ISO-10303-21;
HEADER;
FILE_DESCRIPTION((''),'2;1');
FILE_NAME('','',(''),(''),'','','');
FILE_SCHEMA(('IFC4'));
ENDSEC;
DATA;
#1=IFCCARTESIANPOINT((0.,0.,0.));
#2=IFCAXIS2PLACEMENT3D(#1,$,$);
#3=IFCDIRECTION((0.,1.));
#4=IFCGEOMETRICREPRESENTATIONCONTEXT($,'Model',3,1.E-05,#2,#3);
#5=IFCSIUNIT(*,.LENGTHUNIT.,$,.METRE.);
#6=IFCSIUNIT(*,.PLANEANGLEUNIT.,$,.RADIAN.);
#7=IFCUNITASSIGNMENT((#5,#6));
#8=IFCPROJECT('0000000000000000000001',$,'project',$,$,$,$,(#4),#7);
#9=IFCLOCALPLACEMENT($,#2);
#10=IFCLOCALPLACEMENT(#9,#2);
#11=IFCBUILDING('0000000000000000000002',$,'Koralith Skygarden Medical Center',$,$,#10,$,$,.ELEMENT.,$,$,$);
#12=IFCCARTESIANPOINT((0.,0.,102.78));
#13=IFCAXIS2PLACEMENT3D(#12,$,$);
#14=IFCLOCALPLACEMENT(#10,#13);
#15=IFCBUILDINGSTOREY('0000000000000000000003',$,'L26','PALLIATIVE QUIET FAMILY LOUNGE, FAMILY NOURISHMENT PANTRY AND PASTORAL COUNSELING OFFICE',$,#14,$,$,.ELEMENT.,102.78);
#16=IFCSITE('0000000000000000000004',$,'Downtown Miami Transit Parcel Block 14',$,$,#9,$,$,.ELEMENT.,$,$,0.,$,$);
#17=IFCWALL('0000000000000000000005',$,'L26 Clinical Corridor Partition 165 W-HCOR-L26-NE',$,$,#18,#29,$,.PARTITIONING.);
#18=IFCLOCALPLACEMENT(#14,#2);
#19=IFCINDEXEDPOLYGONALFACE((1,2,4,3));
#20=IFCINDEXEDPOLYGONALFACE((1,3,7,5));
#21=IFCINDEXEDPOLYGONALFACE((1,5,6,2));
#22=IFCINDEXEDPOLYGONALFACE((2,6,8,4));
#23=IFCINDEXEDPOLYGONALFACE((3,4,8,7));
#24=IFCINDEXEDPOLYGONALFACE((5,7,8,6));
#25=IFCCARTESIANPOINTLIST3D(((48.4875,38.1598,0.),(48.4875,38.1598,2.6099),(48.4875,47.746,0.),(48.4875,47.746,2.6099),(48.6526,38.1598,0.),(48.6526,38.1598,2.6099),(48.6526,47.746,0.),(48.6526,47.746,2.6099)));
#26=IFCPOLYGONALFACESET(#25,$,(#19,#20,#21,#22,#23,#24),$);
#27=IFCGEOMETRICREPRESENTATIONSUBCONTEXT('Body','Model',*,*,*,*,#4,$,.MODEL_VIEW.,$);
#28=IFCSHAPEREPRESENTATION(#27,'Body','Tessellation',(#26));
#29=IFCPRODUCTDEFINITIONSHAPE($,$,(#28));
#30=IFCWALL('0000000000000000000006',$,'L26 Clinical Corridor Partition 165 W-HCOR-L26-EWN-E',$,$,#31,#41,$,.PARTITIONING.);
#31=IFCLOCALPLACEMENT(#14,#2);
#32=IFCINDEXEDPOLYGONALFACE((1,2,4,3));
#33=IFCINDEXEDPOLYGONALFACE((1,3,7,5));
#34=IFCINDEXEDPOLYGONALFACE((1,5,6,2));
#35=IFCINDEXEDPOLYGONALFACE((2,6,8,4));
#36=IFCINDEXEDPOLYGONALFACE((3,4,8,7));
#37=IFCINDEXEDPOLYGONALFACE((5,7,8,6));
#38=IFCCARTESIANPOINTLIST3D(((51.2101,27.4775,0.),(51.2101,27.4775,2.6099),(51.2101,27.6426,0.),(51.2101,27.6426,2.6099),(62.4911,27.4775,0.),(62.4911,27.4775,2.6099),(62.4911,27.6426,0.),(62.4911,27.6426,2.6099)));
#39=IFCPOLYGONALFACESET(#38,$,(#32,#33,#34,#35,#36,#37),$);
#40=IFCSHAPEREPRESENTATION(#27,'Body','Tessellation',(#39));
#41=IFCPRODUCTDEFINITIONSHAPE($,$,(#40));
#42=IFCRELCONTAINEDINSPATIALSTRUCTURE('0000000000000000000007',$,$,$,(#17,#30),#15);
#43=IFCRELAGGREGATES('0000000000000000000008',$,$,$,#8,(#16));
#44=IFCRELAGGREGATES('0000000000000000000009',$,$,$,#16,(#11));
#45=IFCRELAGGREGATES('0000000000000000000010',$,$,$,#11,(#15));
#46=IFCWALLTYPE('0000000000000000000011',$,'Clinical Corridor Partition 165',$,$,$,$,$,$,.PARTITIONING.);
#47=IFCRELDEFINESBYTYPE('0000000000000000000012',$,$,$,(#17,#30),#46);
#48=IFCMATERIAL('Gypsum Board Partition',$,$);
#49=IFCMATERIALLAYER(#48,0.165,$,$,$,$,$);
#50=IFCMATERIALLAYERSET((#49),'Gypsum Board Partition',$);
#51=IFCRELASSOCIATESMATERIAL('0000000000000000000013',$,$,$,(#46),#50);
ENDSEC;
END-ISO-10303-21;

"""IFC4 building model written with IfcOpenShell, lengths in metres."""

from ifc_helpers import new_model, si_unit, direction, frame, frame_2d, origin, place, context, subcontext, project, spatial, rectangle, extrude, material, layer, layer_set, type_object, element, save


model = new_model("IFC4")

# Units and contexts
model_context = context("Model", 3, precision=1e-05, world=origin(), true_north=direction((0.0, 1.0)))
body_context = subcontext(model_context, "Body", "Model", "MODEL_VIEW")
ifc_project = project(units=[si_unit("LENGTHUNIT", "METRE"), si_unit("PLANEANGLEUNIT", "RADIAN")], contexts=[model_context])

# Site, building, storey
site_placement = place(None, origin())
site = spatial("IfcSite", under=ifc_project, at=site_placement, Name="Downtown Miami Transit Parcel Block 14", CompositionType="ELEMENT", RefElevation=0.0)
building_placement = place(site_placement, origin())
building = spatial("IfcBuilding", under=site, at=building_placement, Name="Koralith Skygarden Medical Center", CompositionType="ELEMENT")
storey_placement = place(building_placement, frame((0.0, 0.0, 102.78)))
storey = spatial("IfcBuildingStorey", under=building, at=storey_placement, Name="L26", Description="PALLIATIVE QUIET FAMILY LOUNGE, FAMILY NOURISHMENT PANTRY AND PASTORAL COUNSELING OFFICE", CompositionType="ELEMENT", Elevation=102.78)

# Walls
ifc_material_1 = material(Name="Gypsum Board Partition")
ifc_layer_1 = layer(ifc_material_1, 0.165)
ifc_layer_set_1 = layer_set([ifc_layer_1], Name="Gypsum Board Partition")
wall_type_1 = type_object("IfcWallType", Name="Clinical Corridor Partition 165", PredefinedType="PARTITIONING", material=ifc_layer_set_1)
wall_1_placement = place(storey_placement, frame((48.5701, 38.1599, 0.0), z_axis=(0.0, 0.0, 1.0), x_axis=(0.0, 1.0, 0.0)))
element("IfcWall", 1, at=wall_1_placement, inside=storey, type_object=wall_type_1, Name="L26 Clinical Corridor Partition 165 W-HCOR-L26-NE", PredefinedType="PARTITIONING", context=body_context, shape_type="SweptSolid", body=[
    extrude(rectangle(XDim=9.5862, YDim=0.165, at=frame_2d((4.793, 0.0))), origin(), (0.0, 0.0, 1.0), 2.6099),
])
wall_2_placement = place(storey_placement, frame((51.21, 27.5601, 0.0), z_axis=(0.0, 0.0, 1.0), x_axis=(1.0, 0.0, 0.0)))
element("IfcWall", 2, at=wall_2_placement, inside=storey, type_object=wall_type_1, Name="L26 Clinical Corridor Partition 165 W-HCOR-L26-EWN-E", PredefinedType="PARTITIONING", context=body_context, shape_type="SweptSolid", body=[
    extrude(rectangle(XDim=11.281, YDim=0.165, at=frame_2d((5.6406, 0.0))), origin(), (0.0, 0.0, 1.0), 2.6099),
])

save(model, "model.ifc")
